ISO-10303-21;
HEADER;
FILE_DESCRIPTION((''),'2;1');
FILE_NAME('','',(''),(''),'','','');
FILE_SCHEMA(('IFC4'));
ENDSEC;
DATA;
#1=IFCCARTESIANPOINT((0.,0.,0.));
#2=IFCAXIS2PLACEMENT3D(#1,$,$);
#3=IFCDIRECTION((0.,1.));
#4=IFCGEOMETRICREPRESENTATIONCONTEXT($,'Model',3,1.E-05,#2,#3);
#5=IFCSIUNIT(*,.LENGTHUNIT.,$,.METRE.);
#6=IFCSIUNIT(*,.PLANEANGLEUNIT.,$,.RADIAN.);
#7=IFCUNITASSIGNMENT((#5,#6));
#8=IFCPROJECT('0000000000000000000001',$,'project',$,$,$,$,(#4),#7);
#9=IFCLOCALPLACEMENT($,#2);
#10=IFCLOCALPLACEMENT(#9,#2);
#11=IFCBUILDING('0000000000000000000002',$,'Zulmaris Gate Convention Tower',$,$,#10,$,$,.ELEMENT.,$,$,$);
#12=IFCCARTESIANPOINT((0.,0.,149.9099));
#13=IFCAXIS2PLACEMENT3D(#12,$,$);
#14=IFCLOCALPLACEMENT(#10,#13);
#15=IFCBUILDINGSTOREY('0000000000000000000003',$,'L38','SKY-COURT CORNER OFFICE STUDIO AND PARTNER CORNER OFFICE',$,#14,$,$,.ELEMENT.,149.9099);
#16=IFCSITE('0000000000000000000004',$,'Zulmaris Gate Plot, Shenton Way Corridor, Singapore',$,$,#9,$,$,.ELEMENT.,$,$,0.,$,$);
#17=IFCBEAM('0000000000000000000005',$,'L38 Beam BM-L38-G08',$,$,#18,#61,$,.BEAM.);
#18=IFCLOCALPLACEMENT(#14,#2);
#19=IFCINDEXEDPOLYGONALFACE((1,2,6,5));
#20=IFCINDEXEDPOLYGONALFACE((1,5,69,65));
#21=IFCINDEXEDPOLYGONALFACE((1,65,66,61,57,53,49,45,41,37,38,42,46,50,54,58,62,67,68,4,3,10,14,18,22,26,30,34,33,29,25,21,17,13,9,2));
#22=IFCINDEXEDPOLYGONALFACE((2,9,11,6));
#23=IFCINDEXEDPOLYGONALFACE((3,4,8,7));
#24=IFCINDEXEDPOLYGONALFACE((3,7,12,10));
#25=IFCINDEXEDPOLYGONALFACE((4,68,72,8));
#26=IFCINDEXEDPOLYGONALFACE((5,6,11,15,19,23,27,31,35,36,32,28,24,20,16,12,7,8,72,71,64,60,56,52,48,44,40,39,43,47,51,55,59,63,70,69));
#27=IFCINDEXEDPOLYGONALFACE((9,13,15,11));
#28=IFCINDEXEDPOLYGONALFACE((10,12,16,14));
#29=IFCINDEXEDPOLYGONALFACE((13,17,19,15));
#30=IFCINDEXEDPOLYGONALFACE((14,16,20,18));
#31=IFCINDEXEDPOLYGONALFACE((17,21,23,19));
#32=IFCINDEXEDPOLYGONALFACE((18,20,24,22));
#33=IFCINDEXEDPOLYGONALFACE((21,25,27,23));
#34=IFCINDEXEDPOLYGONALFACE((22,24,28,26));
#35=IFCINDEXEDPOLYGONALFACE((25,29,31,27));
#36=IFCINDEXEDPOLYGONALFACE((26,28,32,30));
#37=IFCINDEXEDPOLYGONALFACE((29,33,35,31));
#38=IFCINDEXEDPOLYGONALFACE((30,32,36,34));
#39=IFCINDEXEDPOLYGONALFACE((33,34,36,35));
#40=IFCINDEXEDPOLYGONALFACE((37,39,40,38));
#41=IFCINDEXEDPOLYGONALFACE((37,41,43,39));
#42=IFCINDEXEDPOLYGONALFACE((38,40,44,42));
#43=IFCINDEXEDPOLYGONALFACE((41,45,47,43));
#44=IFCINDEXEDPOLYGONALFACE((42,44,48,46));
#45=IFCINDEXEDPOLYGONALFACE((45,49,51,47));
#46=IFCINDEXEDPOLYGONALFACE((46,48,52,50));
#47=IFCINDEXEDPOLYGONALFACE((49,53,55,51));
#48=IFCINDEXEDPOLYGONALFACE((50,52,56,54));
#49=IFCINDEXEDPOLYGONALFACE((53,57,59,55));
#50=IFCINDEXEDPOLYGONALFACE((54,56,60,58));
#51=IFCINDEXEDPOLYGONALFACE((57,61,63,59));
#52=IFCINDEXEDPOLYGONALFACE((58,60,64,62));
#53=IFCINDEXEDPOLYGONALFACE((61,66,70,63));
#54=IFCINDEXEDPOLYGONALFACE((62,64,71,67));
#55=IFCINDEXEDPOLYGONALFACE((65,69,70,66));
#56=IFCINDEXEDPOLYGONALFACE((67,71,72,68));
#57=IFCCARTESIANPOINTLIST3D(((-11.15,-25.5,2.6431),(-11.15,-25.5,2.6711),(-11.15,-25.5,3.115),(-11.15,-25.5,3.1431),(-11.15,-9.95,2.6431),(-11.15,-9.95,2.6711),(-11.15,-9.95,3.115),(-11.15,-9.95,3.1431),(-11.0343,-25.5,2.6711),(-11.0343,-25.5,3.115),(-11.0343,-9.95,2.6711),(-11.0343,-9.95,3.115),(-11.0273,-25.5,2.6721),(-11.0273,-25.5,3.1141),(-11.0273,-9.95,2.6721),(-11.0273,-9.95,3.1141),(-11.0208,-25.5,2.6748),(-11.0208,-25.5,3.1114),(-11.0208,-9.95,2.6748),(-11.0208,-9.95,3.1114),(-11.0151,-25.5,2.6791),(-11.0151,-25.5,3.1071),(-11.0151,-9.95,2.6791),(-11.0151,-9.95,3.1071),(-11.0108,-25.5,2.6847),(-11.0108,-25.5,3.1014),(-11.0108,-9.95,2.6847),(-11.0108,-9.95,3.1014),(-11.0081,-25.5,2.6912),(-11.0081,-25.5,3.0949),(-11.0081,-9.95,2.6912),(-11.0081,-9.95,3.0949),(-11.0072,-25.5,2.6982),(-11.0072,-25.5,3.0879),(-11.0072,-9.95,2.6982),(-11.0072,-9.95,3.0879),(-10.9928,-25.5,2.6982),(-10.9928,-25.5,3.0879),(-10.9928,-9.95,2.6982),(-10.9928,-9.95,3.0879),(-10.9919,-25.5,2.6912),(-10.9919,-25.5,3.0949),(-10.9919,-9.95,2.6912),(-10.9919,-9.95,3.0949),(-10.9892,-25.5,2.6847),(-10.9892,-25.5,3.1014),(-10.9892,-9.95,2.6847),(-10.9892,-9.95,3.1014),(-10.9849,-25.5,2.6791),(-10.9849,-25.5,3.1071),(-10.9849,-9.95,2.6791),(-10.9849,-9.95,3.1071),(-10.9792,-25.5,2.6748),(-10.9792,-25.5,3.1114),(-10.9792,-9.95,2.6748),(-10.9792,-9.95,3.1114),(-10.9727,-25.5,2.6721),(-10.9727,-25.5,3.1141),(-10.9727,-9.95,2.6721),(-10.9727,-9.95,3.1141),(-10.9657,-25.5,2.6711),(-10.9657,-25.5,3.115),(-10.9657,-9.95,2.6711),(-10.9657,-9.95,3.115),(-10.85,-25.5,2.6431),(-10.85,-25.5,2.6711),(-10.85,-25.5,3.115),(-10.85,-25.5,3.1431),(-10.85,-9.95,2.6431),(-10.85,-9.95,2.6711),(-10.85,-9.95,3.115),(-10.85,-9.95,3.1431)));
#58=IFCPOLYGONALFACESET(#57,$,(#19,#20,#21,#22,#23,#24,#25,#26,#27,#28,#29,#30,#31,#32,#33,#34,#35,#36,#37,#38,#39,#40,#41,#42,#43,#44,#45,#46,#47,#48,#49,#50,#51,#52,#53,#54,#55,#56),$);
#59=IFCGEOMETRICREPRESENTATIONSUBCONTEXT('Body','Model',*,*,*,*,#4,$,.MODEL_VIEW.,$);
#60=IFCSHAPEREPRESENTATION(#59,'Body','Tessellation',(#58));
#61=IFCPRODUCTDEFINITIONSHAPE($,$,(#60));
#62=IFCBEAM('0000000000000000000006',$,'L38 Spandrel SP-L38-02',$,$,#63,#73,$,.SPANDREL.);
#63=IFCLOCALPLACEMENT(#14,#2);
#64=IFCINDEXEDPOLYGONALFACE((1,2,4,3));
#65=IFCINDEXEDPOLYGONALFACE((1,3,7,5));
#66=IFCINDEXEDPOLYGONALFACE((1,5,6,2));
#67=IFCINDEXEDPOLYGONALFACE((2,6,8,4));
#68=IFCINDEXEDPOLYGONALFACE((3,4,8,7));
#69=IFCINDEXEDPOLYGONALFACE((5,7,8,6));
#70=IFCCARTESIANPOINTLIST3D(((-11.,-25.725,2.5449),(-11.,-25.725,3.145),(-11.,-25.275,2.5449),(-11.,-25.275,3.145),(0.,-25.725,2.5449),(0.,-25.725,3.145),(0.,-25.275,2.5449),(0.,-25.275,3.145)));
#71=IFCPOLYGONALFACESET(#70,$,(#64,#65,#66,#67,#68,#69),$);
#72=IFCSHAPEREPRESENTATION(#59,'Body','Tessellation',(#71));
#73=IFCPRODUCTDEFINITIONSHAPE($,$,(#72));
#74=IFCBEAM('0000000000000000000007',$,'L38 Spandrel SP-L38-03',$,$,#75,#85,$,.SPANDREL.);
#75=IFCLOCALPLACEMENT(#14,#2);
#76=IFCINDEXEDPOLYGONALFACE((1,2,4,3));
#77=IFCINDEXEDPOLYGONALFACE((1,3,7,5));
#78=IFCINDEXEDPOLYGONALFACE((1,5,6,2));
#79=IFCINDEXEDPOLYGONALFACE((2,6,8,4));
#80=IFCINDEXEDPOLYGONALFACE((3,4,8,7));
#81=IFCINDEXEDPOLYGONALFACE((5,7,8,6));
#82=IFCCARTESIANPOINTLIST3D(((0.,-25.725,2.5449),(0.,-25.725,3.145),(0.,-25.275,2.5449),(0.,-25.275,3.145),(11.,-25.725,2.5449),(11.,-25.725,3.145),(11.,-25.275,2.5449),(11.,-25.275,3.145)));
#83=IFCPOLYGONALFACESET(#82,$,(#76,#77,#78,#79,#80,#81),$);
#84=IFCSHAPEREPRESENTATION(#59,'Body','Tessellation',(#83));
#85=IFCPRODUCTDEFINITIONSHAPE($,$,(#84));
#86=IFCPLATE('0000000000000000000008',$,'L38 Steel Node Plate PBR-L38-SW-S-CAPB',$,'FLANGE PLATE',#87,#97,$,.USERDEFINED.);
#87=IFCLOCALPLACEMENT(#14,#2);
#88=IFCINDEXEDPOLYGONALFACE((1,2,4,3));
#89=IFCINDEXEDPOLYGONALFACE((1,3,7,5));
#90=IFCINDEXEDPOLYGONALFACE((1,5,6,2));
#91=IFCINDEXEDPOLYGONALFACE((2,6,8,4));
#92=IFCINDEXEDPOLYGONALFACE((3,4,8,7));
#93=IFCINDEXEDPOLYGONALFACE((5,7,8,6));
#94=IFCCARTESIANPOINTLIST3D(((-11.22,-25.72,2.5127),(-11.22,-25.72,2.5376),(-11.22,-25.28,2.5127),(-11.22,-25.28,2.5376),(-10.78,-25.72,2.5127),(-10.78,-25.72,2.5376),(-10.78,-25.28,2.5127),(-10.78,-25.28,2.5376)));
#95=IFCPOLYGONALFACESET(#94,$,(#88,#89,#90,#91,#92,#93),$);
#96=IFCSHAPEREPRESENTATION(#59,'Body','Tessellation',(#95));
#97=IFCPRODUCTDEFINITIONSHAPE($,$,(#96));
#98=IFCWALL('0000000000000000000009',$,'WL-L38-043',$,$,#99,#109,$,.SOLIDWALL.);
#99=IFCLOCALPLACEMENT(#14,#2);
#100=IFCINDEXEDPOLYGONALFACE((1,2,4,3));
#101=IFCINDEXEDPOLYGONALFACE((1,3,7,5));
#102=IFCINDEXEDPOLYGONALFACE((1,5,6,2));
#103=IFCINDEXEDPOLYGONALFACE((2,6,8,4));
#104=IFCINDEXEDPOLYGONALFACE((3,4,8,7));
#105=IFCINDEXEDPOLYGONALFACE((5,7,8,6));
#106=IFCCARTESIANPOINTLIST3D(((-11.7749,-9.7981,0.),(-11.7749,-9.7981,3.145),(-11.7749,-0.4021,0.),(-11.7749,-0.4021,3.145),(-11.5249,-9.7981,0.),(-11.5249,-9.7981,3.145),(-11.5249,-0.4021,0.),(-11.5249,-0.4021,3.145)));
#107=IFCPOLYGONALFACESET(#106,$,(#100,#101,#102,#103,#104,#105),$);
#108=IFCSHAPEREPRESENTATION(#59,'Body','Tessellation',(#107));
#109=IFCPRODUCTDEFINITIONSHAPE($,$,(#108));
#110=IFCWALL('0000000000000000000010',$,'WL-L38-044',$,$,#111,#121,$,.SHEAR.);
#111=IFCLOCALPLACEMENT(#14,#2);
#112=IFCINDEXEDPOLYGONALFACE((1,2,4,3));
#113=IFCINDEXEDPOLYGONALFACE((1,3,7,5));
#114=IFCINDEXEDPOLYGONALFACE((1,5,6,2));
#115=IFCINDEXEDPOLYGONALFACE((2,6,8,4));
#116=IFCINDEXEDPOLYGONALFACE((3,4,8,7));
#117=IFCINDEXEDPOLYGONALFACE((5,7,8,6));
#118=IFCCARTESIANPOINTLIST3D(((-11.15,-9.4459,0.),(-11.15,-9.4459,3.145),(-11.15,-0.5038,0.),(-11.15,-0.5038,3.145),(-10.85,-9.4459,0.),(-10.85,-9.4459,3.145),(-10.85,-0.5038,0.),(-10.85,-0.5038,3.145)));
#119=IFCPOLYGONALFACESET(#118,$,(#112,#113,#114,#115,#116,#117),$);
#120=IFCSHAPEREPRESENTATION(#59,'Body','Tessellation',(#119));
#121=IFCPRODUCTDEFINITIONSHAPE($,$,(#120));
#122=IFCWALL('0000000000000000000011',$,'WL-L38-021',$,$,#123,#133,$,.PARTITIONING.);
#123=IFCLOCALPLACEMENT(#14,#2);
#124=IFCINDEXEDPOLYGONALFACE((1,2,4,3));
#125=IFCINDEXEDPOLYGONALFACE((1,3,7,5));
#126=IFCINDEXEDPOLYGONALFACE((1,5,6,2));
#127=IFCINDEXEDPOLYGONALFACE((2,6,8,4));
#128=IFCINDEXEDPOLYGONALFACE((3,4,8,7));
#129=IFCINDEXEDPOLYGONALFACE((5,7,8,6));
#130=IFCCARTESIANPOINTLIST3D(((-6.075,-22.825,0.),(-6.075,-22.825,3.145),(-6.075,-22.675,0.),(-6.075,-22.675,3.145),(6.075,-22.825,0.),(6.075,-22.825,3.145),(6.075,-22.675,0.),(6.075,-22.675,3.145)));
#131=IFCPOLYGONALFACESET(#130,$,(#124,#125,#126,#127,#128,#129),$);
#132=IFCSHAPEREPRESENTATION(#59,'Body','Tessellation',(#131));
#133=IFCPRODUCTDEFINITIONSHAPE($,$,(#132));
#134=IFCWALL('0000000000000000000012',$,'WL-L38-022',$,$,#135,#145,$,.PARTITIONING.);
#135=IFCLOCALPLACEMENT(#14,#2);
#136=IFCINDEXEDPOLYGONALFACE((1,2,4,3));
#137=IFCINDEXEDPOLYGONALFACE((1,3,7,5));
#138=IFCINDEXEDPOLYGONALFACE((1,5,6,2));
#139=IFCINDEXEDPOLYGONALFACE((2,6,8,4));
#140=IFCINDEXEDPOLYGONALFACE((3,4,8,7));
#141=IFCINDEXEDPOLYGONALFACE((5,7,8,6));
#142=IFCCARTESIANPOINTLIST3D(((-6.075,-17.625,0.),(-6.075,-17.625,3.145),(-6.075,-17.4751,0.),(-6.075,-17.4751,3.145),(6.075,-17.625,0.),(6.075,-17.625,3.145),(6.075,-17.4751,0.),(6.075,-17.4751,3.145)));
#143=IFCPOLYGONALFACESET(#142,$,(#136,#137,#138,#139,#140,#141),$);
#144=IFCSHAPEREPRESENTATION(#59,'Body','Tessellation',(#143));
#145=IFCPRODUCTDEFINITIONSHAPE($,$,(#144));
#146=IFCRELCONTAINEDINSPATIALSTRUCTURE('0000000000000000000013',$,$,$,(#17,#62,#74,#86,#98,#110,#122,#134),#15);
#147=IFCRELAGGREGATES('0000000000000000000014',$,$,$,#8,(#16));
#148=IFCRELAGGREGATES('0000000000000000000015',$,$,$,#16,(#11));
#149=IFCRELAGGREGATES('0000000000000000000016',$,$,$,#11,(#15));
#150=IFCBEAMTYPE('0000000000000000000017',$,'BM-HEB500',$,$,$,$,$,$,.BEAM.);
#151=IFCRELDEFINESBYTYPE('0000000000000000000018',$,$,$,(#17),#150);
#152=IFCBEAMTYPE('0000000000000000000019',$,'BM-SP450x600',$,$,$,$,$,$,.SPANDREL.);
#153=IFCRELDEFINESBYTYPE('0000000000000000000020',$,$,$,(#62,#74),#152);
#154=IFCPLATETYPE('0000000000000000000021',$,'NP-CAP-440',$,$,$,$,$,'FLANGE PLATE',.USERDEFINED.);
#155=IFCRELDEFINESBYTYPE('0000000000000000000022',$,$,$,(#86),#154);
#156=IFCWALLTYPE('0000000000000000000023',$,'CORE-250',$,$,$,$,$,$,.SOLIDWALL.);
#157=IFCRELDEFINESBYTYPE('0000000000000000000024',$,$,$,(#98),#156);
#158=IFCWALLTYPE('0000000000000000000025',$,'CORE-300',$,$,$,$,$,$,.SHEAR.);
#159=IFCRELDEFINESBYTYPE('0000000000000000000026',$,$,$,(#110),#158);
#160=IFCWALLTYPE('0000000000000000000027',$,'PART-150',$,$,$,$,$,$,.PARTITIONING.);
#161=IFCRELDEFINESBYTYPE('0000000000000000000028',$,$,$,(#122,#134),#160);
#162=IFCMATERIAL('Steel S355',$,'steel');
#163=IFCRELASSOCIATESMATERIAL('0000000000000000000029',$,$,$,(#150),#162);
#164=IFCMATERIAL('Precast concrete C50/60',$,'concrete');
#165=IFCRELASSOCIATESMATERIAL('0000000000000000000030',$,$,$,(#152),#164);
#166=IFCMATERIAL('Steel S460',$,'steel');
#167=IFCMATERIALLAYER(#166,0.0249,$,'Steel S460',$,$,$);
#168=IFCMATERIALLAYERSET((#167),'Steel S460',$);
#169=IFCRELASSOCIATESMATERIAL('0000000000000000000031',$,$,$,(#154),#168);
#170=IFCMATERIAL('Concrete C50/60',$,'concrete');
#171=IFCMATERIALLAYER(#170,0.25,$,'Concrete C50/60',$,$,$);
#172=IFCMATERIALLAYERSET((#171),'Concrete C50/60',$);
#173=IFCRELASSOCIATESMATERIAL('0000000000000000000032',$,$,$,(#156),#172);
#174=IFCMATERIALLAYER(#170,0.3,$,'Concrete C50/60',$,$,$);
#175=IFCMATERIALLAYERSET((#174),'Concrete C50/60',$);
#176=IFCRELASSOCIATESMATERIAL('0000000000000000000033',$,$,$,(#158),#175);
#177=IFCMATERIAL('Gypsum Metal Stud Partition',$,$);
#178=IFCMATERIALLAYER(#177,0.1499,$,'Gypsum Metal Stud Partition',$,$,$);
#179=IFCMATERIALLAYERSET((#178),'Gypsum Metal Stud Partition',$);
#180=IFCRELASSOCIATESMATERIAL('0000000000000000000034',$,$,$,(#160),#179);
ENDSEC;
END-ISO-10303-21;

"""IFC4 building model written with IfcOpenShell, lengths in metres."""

from ifc_helpers import new_model, si_unit, direction, frame, frame_2d, origin, origin_2d, place, context, subcontext, project, spatial, rectangle, i_section, extrude, material, layer, layer_set, material_profile, profile_set, type_object, element, save


model = new_model("IFC4")

# Units and contexts
model_context = context("Model", 3, precision=1e-05, world=origin(), true_north=direction((0.0, 1.0)))
body_context = subcontext(model_context, "Body", "Model", "MODEL_VIEW")
ifc_project = project(units=[si_unit("LENGTHUNIT", "METRE"), si_unit("PLANEANGLEUNIT", "RADIAN")], contexts=[model_context])

# Site, building, storey
site_placement = place(None, origin())
site = spatial("IfcSite", under=ifc_project, at=site_placement, Name="Zulmaris Gate Plot, Shenton Way Corridor, Singapore", CompositionType="ELEMENT", RefElevation=0.0)
building_placement = place(site_placement, origin())
building = spatial("IfcBuilding", under=site, at=building_placement, Name="Zulmaris Gate Convention Tower", CompositionType="ELEMENT")
storey_placement = place(building_placement, frame((0.0, 0.0, 149.9099)))
storey = spatial("IfcBuildingStorey", under=building, at=storey_placement, Name="L38", Description="SKY-COURT CORNER OFFICE STUDIO AND PARTNER CORNER OFFICE", CompositionType="ELEMENT", Elevation=149.9099)

# Beams
ifc_material_1 = material(Name="Steel S355", Category="steel")
ifc_material_profile_1 = material_profile(ifc_material_1, i_section(OverallWidth=0.3, OverallDepth=0.5, WebThickness=0.0144, FlangeThickness=0.0281, FilletRadius=0.0271, at=origin_2d()), Name="HEB 500")
ifc_profile_set_1 = profile_set([ifc_material_profile_1], Name="Steel S355")
beam_type_1 = type_object("IfcBeamType", Name="BM-HEB500", PredefinedType="BEAM", material=ifc_profile_set_1)
beam_1_placement = place(storey_placement, frame((-11.0, -25.5, 2.8931), z_axis=(0.0, 1.0, 0.0), x_axis=(-1.0, 0.0, 0.0)))
element("IfcBeam", 1, at=beam_1_placement, inside=storey, type_object=beam_type_1, Name="L38 Beam BM-L38-G08", PredefinedType="BEAM", context=body_context, shape_type="SweptSolid", body=[
    extrude(i_section(OverallWidth=0.3, OverallDepth=0.5, WebThickness=0.0144, FlangeThickness=0.0281, FilletRadius=0.0271, at=origin_2d()), origin(), (0.0, 0.0, 1.0), 15.55),
])
ifc_material_2 = material(Name="Precast concrete C50/60", Category="concrete")
ifc_material_profile_2 = material_profile(ifc_material_2, rectangle(XDim=0.45, YDim=0.6001, at=origin_2d()), Name="RC SPANDREL 450x600")
ifc_profile_set_2 = profile_set([ifc_material_profile_2], Name="Precast concrete C50/60")
beam_type_2 = type_object("IfcBeamType", Name="BM-SP450x600", PredefinedType="SPANDREL", material=ifc_profile_set_2)
for number, where, z_axis, x_axis, name in (
    (2, (-11.0, -25.5, 2.845), (1.0, 0.0, 0.0), (0.0, 1.0, 0.0), "L38 Spandrel SP-L38-02"),
    (3, (0.0, -25.5, 2.845), (1.0, 0.0, 0.0), (0.0, 1.0, 0.0), "L38 Spandrel SP-L38-03"),
):
    element("IfcBeam", number, at=place(storey_placement, frame(where, z_axis=z_axis, x_axis=x_axis)), inside=storey, type_object=beam_type_2, Name=name, PredefinedType="SPANDREL", context=body_context, shape_type="SweptSolid", body=[
        extrude(rectangle(XDim=0.45, YDim=0.6001, at=origin_2d()), origin(), (0.0, 0.0, 1.0), 11.0),
    ])

# Plate
ifc_material_3 = material(Name="Steel S460", Category="steel")
ifc_layer_1 = layer(ifc_material_3, 0.0249, Name="Steel S460")
ifc_layer_set_1 = layer_set([ifc_layer_1], Name="Steel S460")
plate_type = type_object("IfcPlateType", Name="NP-CAP-440", ElementType="FLANGE PLATE", PredefinedType="USERDEFINED", material=ifc_layer_set_1)
plate_placement = place(storey_placement, frame((-11.0, -25.5, 2.5127), z_axis=(0.0, 0.0, 1.0), x_axis=(1.0, 0.0, 0.0)))
element("IfcPlate", 4, at=plate_placement, inside=storey, type_object=plate_type, Name="L38 Steel Node Plate PBR-L38-SW-S-CAPB", ObjectType="FLANGE PLATE", PredefinedType="USERDEFINED", context=body_context, shape_type="SweptSolid", body=[
    extrude(rectangle(XDim=0.4399, YDim=0.4399, at=origin_2d()), origin(), (0.0, 0.0, 1.0), 0.0249),
])

# Walls
ifc_material_4 = material(Name="Concrete C50/60", Category="concrete")
ifc_layer_2 = layer(ifc_material_4, 0.25, Name="Concrete C50/60")
ifc_layer_set_2 = layer_set([ifc_layer_2], Name="Concrete C50/60")
wall_type_1 = type_object("IfcWallType", Name="CORE-250", PredefinedType="SOLIDWALL", material=ifc_layer_set_2)
wall_1_placement = place(storey_placement, frame((-11.6499, -9.7981, 0.0), z_axis=(0.0, 0.0, 1.0), x_axis=(0.0, 1.0, 0.0)))
element("IfcWall", 5, at=wall_1_placement, inside=storey, type_object=wall_type_1, Name="WL-L38-043", PredefinedType="SOLIDWALL", context=body_context, shape_type="SweptSolid", body=[
    extrude(rectangle(XDim=9.396, YDim=0.25, at=frame_2d((4.698, 0.0))), origin(), (0.0, 0.0, 1.0), 3.145),
])
ifc_layer_3 = layer(ifc_material_4, 0.3, Name="Concrete C50/60")
ifc_layer_set_3 = layer_set([ifc_layer_3], Name="Concrete C50/60")
wall_type_2 = type_object("IfcWallType", Name="CORE-300", PredefinedType="SHEAR", material=ifc_layer_set_3)
wall_2_placement = place(storey_placement, frame((-11.0, -9.446, 0.0), z_axis=(0.0, 0.0, 1.0), x_axis=(0.0, 1.0, 0.0)))
element("IfcWall", 6, at=wall_2_placement, inside=storey, type_object=wall_type_2, Name="WL-L38-044", PredefinedType="SHEAR", context=body_context, shape_type="SweptSolid", body=[
    extrude(rectangle(XDim=8.9421, YDim=0.3, at=frame_2d((4.4712, 0.0))), origin(), (0.0, 0.0, 1.0), 3.145),
])
ifc_material_5 = material(Name="Gypsum Metal Stud Partition")
ifc_layer_4 = layer(ifc_material_5, 0.1499, Name="Gypsum Metal Stud Partition")
ifc_layer_set_4 = layer_set([ifc_layer_4], Name="Gypsum Metal Stud Partition")
wall_type_3 = type_object("IfcWallType", Name="PART-150", PredefinedType="PARTITIONING", material=ifc_layer_set_4)
for number, where, z_axis, x_axis, name in (
    (7, (-6.075, -22.75, 0.0), (0.0, 0.0, 1.0), (1.0, 0.0, 0.0), "WL-L38-021"),
    (8, (-6.075, -17.55, 0.0), (0.0, 0.0, 1.0), (1.0, 0.0, 0.0), "WL-L38-022"),
):
    element("IfcWall", number, at=place(storey_placement, frame(where, z_axis=z_axis, x_axis=x_axis)), inside=storey, type_object=wall_type_3, Name=name, PredefinedType="PARTITIONING", context=body_context, shape_type="SweptSolid", body=[
        extrude(rectangle(XDim=12.1499, YDim=0.1499, at=frame_2d((6.075, 0.0))), origin(), (0.0, 0.0, 1.0), 3.145),
    ])

save(model, "model.ifc")
